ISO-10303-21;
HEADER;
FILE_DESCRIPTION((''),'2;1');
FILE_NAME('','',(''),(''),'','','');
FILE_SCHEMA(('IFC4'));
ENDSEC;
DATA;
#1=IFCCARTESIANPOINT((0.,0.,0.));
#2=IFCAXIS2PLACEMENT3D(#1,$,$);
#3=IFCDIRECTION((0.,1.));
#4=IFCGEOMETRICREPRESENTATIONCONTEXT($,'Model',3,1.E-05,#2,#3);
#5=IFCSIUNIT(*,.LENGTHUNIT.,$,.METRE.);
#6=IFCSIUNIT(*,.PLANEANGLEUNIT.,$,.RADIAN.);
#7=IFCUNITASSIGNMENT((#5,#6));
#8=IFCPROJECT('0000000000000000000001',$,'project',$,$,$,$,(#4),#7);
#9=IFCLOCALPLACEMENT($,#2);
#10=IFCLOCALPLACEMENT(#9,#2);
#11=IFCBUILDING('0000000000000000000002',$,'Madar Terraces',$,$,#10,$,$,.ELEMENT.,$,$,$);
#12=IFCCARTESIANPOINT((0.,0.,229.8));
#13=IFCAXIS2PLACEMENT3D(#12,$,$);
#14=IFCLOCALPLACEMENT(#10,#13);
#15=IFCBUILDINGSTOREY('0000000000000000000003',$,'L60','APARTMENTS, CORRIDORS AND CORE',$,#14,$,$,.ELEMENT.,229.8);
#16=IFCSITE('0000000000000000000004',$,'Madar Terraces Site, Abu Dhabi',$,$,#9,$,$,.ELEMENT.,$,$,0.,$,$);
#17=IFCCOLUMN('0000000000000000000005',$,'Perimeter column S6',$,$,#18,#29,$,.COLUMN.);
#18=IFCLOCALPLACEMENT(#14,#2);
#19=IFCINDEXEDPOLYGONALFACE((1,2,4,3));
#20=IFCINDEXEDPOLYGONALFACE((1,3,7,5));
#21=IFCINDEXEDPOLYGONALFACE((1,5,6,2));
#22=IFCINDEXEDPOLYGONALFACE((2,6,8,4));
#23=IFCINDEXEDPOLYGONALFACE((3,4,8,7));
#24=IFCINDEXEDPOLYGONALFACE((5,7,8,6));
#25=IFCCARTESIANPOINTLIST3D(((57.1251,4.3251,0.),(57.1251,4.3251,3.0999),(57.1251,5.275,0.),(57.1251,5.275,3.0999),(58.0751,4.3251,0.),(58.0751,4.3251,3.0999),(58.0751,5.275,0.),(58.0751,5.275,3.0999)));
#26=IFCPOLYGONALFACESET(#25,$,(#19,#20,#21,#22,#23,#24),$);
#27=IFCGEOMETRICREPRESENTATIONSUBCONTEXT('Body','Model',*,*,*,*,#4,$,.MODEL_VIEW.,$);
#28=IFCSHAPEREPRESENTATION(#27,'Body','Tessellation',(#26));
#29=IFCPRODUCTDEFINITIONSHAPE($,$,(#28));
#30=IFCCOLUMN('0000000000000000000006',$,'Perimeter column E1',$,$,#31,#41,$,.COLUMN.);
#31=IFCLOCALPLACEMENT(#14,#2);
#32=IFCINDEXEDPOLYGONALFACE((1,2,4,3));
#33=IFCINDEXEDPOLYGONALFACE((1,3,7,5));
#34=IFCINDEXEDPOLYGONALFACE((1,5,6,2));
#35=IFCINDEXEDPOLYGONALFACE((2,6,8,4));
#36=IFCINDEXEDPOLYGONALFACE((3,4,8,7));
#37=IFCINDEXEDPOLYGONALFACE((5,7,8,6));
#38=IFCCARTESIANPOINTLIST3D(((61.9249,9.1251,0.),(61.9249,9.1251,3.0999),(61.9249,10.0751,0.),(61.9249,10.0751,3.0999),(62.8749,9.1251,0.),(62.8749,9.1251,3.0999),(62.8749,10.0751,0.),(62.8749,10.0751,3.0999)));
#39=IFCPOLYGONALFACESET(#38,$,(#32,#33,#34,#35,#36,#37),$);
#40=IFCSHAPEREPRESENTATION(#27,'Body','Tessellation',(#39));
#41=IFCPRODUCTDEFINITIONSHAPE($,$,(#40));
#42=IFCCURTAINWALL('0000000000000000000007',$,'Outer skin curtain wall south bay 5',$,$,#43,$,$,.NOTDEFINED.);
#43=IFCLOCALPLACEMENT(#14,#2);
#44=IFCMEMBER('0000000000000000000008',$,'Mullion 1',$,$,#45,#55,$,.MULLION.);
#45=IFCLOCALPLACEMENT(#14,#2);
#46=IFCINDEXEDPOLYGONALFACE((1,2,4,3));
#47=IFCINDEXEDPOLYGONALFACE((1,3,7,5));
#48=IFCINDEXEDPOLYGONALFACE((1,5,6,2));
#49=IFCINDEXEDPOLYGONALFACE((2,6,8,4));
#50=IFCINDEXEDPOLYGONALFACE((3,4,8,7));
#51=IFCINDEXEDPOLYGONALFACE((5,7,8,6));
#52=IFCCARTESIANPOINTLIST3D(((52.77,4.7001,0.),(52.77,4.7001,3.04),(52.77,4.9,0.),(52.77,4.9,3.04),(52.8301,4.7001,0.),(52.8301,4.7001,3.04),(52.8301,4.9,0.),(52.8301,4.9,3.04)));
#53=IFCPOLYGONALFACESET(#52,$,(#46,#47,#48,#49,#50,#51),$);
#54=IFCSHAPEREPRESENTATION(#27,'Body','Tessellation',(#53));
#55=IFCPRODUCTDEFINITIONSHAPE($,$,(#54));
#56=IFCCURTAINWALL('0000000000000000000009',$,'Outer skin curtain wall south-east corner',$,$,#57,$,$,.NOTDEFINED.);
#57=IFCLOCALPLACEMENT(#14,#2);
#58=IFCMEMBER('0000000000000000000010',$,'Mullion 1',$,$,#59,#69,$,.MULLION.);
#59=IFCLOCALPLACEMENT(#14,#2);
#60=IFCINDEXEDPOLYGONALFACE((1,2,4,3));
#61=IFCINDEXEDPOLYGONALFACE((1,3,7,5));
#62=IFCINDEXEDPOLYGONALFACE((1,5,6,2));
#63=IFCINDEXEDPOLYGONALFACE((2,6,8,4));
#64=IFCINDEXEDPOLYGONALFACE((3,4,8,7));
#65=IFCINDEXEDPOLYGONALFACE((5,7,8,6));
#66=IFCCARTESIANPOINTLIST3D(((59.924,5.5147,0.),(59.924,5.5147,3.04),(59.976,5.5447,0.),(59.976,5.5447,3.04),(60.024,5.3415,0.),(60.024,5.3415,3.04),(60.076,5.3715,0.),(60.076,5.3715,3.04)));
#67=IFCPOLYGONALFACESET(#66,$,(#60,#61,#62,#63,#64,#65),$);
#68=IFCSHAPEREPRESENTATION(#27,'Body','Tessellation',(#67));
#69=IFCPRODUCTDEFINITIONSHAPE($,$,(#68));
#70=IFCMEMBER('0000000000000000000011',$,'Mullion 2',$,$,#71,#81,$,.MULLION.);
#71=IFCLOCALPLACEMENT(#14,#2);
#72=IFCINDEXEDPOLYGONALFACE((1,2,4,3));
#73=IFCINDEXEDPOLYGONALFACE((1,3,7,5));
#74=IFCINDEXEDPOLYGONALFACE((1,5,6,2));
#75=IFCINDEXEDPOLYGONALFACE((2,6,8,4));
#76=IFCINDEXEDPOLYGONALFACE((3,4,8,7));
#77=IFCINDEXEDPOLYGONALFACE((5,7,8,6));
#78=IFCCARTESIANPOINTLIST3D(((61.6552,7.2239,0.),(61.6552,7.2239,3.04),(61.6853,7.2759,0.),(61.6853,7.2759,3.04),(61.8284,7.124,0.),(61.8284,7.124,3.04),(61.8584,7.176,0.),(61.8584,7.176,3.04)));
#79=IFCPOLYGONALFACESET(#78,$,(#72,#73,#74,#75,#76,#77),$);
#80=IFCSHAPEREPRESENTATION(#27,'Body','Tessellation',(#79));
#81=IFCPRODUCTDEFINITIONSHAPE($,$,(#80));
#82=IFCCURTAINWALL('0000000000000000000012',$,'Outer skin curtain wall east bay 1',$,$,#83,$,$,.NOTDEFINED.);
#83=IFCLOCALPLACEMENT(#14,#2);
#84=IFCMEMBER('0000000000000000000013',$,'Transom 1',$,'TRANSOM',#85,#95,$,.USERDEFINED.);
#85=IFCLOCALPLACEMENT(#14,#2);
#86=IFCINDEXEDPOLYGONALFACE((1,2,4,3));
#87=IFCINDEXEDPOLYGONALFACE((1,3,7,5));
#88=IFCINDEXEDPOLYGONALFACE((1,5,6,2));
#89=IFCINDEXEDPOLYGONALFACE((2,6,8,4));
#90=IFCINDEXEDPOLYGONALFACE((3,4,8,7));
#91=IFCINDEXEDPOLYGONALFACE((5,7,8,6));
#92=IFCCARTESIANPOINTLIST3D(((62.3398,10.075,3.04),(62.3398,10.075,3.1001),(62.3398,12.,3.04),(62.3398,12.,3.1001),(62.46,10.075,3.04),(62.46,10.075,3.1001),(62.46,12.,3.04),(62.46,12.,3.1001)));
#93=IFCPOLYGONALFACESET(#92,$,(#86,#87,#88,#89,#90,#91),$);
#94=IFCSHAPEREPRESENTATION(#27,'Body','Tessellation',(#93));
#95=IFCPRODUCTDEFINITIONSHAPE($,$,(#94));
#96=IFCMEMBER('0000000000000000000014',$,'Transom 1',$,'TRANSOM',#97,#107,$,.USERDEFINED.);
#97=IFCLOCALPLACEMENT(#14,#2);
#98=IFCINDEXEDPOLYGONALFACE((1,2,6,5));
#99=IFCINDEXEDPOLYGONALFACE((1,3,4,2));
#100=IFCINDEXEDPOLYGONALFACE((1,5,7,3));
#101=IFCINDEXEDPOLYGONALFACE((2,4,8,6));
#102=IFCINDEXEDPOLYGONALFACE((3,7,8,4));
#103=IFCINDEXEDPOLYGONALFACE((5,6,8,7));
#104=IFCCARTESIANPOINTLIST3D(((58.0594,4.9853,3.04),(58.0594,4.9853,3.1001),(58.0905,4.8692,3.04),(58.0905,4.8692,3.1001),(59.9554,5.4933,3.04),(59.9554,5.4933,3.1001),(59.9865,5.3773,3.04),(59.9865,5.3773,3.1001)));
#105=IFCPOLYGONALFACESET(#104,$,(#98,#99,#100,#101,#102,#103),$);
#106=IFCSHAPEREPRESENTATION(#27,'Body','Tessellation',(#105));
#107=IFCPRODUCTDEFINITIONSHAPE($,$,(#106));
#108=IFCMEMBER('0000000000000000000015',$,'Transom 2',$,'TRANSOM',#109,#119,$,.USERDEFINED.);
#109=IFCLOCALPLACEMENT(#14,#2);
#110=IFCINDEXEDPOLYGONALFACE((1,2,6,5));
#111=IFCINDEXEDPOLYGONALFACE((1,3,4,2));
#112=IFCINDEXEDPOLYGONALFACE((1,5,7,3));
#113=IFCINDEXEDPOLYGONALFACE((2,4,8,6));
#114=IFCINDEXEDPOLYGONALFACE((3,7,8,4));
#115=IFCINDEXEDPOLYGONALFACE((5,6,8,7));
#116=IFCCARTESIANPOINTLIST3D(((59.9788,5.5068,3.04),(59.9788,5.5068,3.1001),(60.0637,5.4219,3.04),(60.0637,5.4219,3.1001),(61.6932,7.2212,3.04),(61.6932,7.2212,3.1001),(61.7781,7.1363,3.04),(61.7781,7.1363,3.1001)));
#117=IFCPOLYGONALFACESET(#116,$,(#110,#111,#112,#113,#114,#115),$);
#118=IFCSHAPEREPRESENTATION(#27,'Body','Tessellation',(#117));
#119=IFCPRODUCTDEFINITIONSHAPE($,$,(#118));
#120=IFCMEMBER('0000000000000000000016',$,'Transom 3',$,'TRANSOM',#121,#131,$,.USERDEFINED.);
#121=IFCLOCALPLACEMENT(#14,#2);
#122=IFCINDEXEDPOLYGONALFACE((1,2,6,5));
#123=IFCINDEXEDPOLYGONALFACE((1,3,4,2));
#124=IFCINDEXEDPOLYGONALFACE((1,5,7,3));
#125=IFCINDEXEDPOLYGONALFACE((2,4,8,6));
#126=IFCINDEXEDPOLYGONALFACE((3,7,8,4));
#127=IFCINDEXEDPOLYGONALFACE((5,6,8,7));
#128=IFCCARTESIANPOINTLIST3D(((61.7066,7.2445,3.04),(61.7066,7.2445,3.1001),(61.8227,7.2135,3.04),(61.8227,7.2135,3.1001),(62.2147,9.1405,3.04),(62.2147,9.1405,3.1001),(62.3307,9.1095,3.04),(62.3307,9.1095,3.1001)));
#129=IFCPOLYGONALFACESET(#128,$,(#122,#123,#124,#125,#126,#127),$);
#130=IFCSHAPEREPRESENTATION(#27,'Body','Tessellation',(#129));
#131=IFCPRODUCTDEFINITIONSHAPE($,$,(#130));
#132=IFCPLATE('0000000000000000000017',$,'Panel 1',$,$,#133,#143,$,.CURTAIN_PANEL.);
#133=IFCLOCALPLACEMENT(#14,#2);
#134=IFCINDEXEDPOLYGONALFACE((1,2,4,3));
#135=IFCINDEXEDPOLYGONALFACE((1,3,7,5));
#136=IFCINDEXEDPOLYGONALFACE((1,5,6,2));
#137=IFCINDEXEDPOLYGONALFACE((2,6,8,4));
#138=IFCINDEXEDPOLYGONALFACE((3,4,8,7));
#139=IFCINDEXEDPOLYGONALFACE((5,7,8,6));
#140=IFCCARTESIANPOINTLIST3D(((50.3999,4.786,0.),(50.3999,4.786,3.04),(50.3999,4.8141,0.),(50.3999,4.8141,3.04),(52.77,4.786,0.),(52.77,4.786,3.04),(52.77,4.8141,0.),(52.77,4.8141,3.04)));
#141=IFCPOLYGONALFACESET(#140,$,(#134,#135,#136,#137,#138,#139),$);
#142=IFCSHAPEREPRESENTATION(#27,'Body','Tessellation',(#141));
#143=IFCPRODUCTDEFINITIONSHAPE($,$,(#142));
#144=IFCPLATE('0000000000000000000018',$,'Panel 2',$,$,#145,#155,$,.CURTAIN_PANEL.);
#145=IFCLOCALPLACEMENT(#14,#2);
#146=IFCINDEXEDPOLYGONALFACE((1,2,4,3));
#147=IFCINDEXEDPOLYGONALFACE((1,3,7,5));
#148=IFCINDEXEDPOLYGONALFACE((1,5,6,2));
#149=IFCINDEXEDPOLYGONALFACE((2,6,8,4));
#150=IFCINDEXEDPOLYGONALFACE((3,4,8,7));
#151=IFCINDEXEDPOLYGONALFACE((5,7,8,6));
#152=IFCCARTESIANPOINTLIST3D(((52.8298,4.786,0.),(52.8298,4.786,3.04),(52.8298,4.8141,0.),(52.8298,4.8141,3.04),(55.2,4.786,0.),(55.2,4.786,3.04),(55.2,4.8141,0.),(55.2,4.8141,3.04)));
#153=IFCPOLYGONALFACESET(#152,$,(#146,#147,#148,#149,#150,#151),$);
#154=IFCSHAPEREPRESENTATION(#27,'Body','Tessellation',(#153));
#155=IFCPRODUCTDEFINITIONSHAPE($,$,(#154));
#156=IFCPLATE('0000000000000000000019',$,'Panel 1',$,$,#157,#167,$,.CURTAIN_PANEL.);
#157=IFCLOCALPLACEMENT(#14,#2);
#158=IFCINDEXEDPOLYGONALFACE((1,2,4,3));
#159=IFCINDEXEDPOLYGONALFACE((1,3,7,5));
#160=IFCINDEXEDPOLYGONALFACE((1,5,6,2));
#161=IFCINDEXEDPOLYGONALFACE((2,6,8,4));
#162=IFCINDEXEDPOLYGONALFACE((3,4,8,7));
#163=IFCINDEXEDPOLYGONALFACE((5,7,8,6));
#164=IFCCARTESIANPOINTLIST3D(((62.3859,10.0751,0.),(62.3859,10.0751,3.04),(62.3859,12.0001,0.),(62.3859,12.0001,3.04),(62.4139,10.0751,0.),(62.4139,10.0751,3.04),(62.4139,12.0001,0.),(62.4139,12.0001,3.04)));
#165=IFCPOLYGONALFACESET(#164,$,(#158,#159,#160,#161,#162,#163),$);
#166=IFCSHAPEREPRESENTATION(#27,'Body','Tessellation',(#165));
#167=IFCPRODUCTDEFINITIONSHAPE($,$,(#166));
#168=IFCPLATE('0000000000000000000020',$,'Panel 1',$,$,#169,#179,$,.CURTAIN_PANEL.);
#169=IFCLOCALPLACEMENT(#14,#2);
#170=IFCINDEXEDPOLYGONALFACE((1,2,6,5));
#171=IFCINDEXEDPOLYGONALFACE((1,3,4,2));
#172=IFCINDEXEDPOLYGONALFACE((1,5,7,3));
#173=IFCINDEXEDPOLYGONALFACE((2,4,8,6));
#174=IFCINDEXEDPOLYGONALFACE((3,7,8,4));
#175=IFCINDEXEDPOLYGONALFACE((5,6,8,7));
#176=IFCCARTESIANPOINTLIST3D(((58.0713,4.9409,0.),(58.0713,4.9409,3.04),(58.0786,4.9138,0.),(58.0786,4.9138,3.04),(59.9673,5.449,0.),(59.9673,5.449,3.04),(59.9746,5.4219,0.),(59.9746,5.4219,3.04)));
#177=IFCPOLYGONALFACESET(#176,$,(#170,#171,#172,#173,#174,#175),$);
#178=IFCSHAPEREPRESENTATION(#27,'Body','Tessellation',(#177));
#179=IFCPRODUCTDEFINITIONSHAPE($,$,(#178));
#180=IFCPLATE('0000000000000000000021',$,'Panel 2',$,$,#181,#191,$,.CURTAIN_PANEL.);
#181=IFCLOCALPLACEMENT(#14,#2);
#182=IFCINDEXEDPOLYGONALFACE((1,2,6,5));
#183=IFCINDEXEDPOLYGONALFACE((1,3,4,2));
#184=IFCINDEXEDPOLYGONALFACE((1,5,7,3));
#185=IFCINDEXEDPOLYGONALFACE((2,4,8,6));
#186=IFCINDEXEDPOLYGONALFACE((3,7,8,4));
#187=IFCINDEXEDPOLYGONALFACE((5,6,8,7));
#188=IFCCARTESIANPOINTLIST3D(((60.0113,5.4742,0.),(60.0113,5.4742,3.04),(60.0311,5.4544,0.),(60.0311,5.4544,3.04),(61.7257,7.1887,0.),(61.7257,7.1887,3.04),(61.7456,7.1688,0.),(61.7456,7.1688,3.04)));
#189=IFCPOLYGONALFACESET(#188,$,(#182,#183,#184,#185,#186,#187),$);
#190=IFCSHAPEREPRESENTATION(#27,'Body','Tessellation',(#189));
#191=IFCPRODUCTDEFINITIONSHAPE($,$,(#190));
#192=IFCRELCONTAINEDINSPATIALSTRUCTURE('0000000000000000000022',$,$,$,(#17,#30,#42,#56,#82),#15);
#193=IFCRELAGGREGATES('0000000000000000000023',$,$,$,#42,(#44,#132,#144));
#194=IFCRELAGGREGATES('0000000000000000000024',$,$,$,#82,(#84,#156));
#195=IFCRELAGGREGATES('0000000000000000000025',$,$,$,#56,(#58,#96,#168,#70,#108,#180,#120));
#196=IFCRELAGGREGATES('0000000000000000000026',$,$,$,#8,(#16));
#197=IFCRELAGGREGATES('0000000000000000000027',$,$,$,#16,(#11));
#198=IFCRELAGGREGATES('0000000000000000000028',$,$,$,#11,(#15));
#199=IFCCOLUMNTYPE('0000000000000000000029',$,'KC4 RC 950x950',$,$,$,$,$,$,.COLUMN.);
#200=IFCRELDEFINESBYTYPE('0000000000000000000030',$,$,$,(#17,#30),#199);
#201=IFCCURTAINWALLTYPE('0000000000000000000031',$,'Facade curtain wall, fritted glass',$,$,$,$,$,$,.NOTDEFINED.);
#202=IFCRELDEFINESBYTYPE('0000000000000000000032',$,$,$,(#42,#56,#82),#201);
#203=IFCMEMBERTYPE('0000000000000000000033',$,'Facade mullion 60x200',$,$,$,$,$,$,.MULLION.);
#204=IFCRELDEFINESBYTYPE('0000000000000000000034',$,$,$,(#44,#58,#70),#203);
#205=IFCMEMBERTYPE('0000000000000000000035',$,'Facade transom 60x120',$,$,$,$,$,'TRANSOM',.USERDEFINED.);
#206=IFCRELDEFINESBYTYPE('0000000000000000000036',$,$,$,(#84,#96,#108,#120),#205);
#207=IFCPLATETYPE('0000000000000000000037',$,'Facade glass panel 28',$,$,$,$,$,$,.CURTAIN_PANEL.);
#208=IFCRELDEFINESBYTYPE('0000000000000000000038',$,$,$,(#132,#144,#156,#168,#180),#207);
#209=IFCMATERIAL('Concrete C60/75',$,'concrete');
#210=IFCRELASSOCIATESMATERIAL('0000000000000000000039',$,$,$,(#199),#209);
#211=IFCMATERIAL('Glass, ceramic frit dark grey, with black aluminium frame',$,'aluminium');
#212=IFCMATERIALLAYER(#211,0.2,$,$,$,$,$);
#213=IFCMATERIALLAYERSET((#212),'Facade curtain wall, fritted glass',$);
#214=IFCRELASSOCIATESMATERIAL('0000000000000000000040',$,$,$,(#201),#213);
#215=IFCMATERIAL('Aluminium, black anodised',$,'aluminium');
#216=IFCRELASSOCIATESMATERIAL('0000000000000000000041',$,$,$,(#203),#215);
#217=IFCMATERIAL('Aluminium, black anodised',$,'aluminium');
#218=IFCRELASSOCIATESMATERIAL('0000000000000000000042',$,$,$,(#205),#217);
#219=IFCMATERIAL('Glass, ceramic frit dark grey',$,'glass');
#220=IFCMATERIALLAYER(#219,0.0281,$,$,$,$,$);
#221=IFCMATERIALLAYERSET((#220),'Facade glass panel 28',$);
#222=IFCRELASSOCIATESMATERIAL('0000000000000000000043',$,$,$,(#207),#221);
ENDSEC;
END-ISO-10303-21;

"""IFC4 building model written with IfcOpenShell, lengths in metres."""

from ifc_helpers import new_model, si_unit, direction, frame, origin, origin_2d, place, context, subcontext, project, spatial, rectangle, extrude, material, layer, layer_set, material_profile, profile_set, type_object, element, aggregate, save


model = new_model("IFC4")

# Units and contexts
model_context = context("Model", 3, precision=1e-05, world=origin(), true_north=direction((0.0, 1.0)))
body_context = subcontext(model_context, "Body", "Model", "MODEL_VIEW")
ifc_project = project(units=[si_unit("LENGTHUNIT", "METRE"), si_unit("PLANEANGLEUNIT", "RADIAN")], contexts=[model_context])

# Site, building, storey
site_placement = place(None, origin())
site = spatial("IfcSite", under=ifc_project, at=site_placement, Name="Madar Terraces Site, Abu Dhabi", CompositionType="ELEMENT", RefElevation=0.0)
building_placement = place(site_placement, origin())
building = spatial("IfcBuilding", under=site, at=building_placement, Name="Madar Terraces", CompositionType="ELEMENT")
storey_placement = place(building_placement, frame((0.0, 0.0, 229.8)))
storey = spatial("IfcBuildingStorey", under=building, at=storey_placement, Name="L60", Description="APARTMENTS, CORRIDORS AND CORE", CompositionType="ELEMENT", Elevation=229.8)

# Columns
ifc_material_1 = material(Name="Concrete C60/75", Category="concrete")
ifc_material_profile_1 = material_profile(ifc_material_1, rectangle(XDim=0.95, YDim=0.95, at=origin_2d()), Name="KC4 RC 950x950")
ifc_profile_set_1 = profile_set([ifc_material_profile_1], Name="Concrete C60/75")
column_type = type_object("IfcColumnType", Name="KC4 RC 950x950", PredefinedType="COLUMN", material=ifc_profile_set_1)
for number, where, z_axis, x_axis, name in (
    (1, (57.6001, 4.8, 0.0), (0.0, 0.0, 1.0), (1.0, 0.0, 0.0), "Perimeter column S6"),
    (2, (62.3999, 9.6001, 0.0), (0.0, 0.0, 1.0), (1.0, 0.0, 0.0), "Perimeter column E1"),
):
    element("IfcColumn", number, at=place(storey_placement, frame(where, z_axis=z_axis, x_axis=x_axis)), inside=storey, type_object=column_type, Name=name, PredefinedType="COLUMN", context=body_context, shape_type="SweptSolid", body=[
        extrude(rectangle(XDim=0.95, YDim=0.95, at=origin_2d()), origin(), (0.0, 0.0, 1.0), 3.0999),
    ])

# Curtain wall, member
ifc_material_2 = material(Name="Glass, ceramic frit dark grey, with black aluminium frame", Category="aluminium")
ifc_layer_1 = layer(ifc_material_2, 0.2)
ifc_layer_set_1 = layer_set([ifc_layer_1], Name="Facade curtain wall, fritted glass")
curtain_wall_type = type_object("IfcCurtainWallType", Name="Facade curtain wall, fritted glass", PredefinedType="NOTDEFINED", material=ifc_layer_set_1)
curtain_wall_1_placement = place(storey_placement, origin())
curtain_wall_1 = element("IfcCurtainWall", 3, at=curtain_wall_1_placement, inside=storey, type_object=curtain_wall_type, Name="Outer skin curtain wall south bay 5", PredefinedType="NOTDEFINED")
ifc_material_3 = material(Name="Aluminium, black anodised", Category="aluminium")
ifc_material_profile_2 = material_profile(ifc_material_3, rectangle(XDim=0.2, YDim=0.0601, at=origin_2d()), Name="Facade mullion 60x200")
ifc_profile_set_2 = profile_set([ifc_material_profile_2], Name="Aluminium, black anodised")
member_type_1 = type_object("IfcMemberType", Name="Facade mullion 60x200", PredefinedType="MULLION", material=ifc_profile_set_2)
member_1_placement = place(storey_placement, frame((52.8, 4.8, 0.0), z_axis=(0.0, 0.0, 1.0), x_axis=(0.0, 1.0, 0.0)))
member_1 = element("IfcMember", 4, at=member_1_placement, type_object=member_type_1, Name="Mullion 1", PredefinedType="MULLION", context=body_context, shape_type="SweptSolid", body=[
    extrude(rectangle(XDim=0.2, YDim=0.0601, at=origin_2d()), origin(), (0.0, 0.0, 1.0), 3.04),
])

# Curtain wall, members
curtain_wall_2_placement = place(storey_placement, origin())
curtain_wall_2 = element("IfcCurtainWall", 5, at=curtain_wall_2_placement, inside=storey, type_object=curtain_wall_type, Name="Outer skin curtain wall south-east corner", PredefinedType="NOTDEFINED")
member_2_placement = place(storey_placement, frame((60.0, 5.4431, 0.0), z_axis=(0.0, 0.0, 1.0), x_axis=(-0.5, 0.866025, 0.0)))
member_2 = element("IfcMember", 6, at=member_2_placement, type_object=member_type_1, Name="Mullion 1", PredefinedType="MULLION", context=body_context, shape_type="SweptSolid", body=[
    extrude(rectangle(XDim=0.2, YDim=0.0601, at=origin_2d()), origin(), (0.0, 0.0, 1.0), 3.04),
])
member_3_placement = place(storey_placement, frame((61.7568, 7.2, 0.0), z_axis=(0.0, 0.0, 1.0), x_axis=(-0.866025, 0.5, 0.0)))
member_3 = element("IfcMember", 7, at=member_3_placement, type_object=member_type_1, Name="Mullion 2", PredefinedType="MULLION", context=body_context, shape_type="SweptSolid", body=[
    extrude(rectangle(XDim=0.2, YDim=0.0601, at=origin_2d()), origin(), (0.0, 0.0, 1.0), 3.04),
])

# Curtain wall, member
curtain_wall_3_placement = place(storey_placement, origin())
curtain_wall_3 = element("IfcCurtainWall", 8, at=curtain_wall_3_placement, inside=storey, type_object=curtain_wall_type, Name="Outer skin curtain wall east bay 1", PredefinedType="NOTDEFINED")
ifc_material_4 = material(Name="Aluminium, black anodised", Category="aluminium")
ifc_material_profile_3 = material_profile(ifc_material_4, rectangle(XDim=0.1201, YDim=0.0601, at=origin_2d()), Name="Facade transom 60x120")
ifc_profile_set_3 = profile_set([ifc_material_profile_3], Name="Aluminium, black anodised")
member_type_2 = type_object("IfcMemberType", Name="Facade transom 60x120", ElementType="TRANSOM", PredefinedType="USERDEFINED", material=ifc_profile_set_3)
member_4_placement = place(storey_placement, frame((62.3999, 10.075, 3.0701), z_axis=(0.0, 1.0, 0.0), x_axis=(-1.0, 0.0, 0.0)))
member_4 = element("IfcMember", 9, at=member_4_placement, type_object=member_type_2, Name="Transom 1", ObjectType="TRANSOM", PredefinedType="USERDEFINED", context=body_context, shape_type="SweptSolid", body=[
    extrude(rectangle(XDim=0.1201, YDim=0.0601, at=origin_2d()), origin(), (0.0, 0.0, 1.0), 1.925),
])

# Members
member_5_placement = place(storey_placement, frame((58.075, 4.9272, 3.0701), z_axis=(0.965923, 0.258831, 0.0), x_axis=(-0.258831, 0.965923, 0.0)))
member_5 = element("IfcMember", 10, at=member_5_placement, type_object=member_type_2, Name="Transom 1", ObjectType="TRANSOM", PredefinedType="USERDEFINED", context=body_context, shape_type="SweptSolid", body=[
    extrude(rectangle(XDim=0.1201, YDim=0.0601, at=origin_2d()), origin(), (0.0, 0.0, 1.0), 1.9629),
])
member_6_placement = place(storey_placement, frame((60.0212, 5.4644, 3.0701), z_axis=(0.707107, 0.707107, 0.0), x_axis=(-0.707107, 0.707107, 0.0)))
member_6 = element("IfcMember", 11, at=member_6_placement, type_object=member_type_2, Name="Transom 2", ObjectType="TRANSOM", PredefinedType="USERDEFINED", context=body_context, shape_type="SweptSolid", body=[
    extrude(rectangle(XDim=0.1201, YDim=0.0601, at=origin_2d()), origin(), (0.0, 0.0, 1.0), 2.4246),
])
member_7_placement = place(storey_placement, frame((61.7646, 7.229, 3.0701), z_axis=(0.258831, 0.965923, 0.0), x_axis=(-0.965923, 0.258831, 0.0)))
member_7 = element("IfcMember", 12, at=member_7_placement, type_object=member_type_2, Name="Transom 3", ObjectType="TRANSOM", PredefinedType="USERDEFINED", context=body_context, shape_type="SweptSolid", body=[
    extrude(rectangle(XDim=0.1201, YDim=0.0601, at=origin_2d()), origin(), (0.0, 0.0, 1.0), 1.9629),
])

# Plates
ifc_material_5 = material(Name="Glass, ceramic frit dark grey", Category="glass")
ifc_layer_2 = layer(ifc_material_5, 0.0281)
ifc_layer_set_2 = layer_set([ifc_layer_2], Name="Facade glass panel 28")
plate_type = type_object("IfcPlateType", Name="Facade glass panel 28", PredefinedType="CURTAIN_PANEL", material=ifc_layer_set_2)
plate_1_placement = place(storey_placement, frame((51.585, 4.8, 0.0), z_axis=(0.0, 0.0, 1.0), x_axis=(1.0, 0.0, 0.0)))
plate_1 = element("IfcPlate", 13, at=plate_1_placement, type_object=plate_type, Name="Panel 1", PredefinedType="CURTAIN_PANEL", context=body_context, shape_type="SweptSolid", body=[
    extrude(rectangle(XDim=2.3701, YDim=0.0281, at=origin_2d()), origin(), (0.0, 0.0, 1.0), 3.04),
])
plate_2_placement = place(storey_placement, frame((54.0149, 4.8, 0.0), z_axis=(0.0, 0.0, 1.0), x_axis=(1.0, 0.0, 0.0)))
plate_2 = element("IfcPlate", 14, at=plate_2_placement, type_object=plate_type, Name="Panel 2", PredefinedType="CURTAIN_PANEL", context=body_context, shape_type="SweptSolid", body=[
    extrude(rectangle(XDim=2.3701, YDim=0.0281, at=origin_2d()), origin(), (0.0, 0.0, 1.0), 3.04),
])
aggregate(curtain_wall_1, [member_1, plate_1, plate_2])
plate_3_placement = place(storey_placement, frame((62.3999, 11.0376, 0.0), z_axis=(0.0, 0.0, 1.0), x_axis=(0.0, 1.0, 0.0)))
plate_3 = element("IfcPlate", 15, at=plate_3_placement, type_object=plate_type, Name="Panel 1", PredefinedType="CURTAIN_PANEL", context=body_context, shape_type="SweptSolid", body=[
    extrude(rectangle(XDim=1.925, YDim=0.0281, at=origin_2d()), origin(), (0.0, 0.0, 1.0), 3.04),
])
aggregate(curtain_wall_3, [member_4, plate_3])
plate_4_placement = place(storey_placement, frame((59.0229, 5.1814, 0.0), z_axis=(0.0, 0.0, 1.0), x_axis=(0.965926, 0.258819, 0.0)))
plate_4 = element("IfcPlate", 16, at=plate_4_placement, type_object=plate_type, Name="Panel 1", PredefinedType="CURTAIN_PANEL", context=body_context, shape_type="SweptSolid", body=[
    extrude(rectangle(XDim=1.9629, YDim=0.0281, at=origin_2d()), origin(), (0.0, 0.0, 1.0), 3.04),
])
plate_5_placement = place(storey_placement, frame((60.8784, 6.3215, 0.0), z_axis=(0.0, 0.0, 1.0), x_axis=(0.707107, 0.707107, 0.0)))
plate_5 = element("IfcPlate", 17, at=plate_5_placement, type_object=plate_type, Name="Panel 2", PredefinedType="CURTAIN_PANEL", context=body_context, shape_type="SweptSolid", body=[
    extrude(rectangle(XDim=2.4246, YDim=0.0281, at=origin_2d()), origin(), (0.0, 0.0, 1.0), 3.04),
])
aggregate(curtain_wall_2, [member_2, member_5, plate_4, member_3, member_6, plate_5, member_7])

save(model, "model.ifc")
